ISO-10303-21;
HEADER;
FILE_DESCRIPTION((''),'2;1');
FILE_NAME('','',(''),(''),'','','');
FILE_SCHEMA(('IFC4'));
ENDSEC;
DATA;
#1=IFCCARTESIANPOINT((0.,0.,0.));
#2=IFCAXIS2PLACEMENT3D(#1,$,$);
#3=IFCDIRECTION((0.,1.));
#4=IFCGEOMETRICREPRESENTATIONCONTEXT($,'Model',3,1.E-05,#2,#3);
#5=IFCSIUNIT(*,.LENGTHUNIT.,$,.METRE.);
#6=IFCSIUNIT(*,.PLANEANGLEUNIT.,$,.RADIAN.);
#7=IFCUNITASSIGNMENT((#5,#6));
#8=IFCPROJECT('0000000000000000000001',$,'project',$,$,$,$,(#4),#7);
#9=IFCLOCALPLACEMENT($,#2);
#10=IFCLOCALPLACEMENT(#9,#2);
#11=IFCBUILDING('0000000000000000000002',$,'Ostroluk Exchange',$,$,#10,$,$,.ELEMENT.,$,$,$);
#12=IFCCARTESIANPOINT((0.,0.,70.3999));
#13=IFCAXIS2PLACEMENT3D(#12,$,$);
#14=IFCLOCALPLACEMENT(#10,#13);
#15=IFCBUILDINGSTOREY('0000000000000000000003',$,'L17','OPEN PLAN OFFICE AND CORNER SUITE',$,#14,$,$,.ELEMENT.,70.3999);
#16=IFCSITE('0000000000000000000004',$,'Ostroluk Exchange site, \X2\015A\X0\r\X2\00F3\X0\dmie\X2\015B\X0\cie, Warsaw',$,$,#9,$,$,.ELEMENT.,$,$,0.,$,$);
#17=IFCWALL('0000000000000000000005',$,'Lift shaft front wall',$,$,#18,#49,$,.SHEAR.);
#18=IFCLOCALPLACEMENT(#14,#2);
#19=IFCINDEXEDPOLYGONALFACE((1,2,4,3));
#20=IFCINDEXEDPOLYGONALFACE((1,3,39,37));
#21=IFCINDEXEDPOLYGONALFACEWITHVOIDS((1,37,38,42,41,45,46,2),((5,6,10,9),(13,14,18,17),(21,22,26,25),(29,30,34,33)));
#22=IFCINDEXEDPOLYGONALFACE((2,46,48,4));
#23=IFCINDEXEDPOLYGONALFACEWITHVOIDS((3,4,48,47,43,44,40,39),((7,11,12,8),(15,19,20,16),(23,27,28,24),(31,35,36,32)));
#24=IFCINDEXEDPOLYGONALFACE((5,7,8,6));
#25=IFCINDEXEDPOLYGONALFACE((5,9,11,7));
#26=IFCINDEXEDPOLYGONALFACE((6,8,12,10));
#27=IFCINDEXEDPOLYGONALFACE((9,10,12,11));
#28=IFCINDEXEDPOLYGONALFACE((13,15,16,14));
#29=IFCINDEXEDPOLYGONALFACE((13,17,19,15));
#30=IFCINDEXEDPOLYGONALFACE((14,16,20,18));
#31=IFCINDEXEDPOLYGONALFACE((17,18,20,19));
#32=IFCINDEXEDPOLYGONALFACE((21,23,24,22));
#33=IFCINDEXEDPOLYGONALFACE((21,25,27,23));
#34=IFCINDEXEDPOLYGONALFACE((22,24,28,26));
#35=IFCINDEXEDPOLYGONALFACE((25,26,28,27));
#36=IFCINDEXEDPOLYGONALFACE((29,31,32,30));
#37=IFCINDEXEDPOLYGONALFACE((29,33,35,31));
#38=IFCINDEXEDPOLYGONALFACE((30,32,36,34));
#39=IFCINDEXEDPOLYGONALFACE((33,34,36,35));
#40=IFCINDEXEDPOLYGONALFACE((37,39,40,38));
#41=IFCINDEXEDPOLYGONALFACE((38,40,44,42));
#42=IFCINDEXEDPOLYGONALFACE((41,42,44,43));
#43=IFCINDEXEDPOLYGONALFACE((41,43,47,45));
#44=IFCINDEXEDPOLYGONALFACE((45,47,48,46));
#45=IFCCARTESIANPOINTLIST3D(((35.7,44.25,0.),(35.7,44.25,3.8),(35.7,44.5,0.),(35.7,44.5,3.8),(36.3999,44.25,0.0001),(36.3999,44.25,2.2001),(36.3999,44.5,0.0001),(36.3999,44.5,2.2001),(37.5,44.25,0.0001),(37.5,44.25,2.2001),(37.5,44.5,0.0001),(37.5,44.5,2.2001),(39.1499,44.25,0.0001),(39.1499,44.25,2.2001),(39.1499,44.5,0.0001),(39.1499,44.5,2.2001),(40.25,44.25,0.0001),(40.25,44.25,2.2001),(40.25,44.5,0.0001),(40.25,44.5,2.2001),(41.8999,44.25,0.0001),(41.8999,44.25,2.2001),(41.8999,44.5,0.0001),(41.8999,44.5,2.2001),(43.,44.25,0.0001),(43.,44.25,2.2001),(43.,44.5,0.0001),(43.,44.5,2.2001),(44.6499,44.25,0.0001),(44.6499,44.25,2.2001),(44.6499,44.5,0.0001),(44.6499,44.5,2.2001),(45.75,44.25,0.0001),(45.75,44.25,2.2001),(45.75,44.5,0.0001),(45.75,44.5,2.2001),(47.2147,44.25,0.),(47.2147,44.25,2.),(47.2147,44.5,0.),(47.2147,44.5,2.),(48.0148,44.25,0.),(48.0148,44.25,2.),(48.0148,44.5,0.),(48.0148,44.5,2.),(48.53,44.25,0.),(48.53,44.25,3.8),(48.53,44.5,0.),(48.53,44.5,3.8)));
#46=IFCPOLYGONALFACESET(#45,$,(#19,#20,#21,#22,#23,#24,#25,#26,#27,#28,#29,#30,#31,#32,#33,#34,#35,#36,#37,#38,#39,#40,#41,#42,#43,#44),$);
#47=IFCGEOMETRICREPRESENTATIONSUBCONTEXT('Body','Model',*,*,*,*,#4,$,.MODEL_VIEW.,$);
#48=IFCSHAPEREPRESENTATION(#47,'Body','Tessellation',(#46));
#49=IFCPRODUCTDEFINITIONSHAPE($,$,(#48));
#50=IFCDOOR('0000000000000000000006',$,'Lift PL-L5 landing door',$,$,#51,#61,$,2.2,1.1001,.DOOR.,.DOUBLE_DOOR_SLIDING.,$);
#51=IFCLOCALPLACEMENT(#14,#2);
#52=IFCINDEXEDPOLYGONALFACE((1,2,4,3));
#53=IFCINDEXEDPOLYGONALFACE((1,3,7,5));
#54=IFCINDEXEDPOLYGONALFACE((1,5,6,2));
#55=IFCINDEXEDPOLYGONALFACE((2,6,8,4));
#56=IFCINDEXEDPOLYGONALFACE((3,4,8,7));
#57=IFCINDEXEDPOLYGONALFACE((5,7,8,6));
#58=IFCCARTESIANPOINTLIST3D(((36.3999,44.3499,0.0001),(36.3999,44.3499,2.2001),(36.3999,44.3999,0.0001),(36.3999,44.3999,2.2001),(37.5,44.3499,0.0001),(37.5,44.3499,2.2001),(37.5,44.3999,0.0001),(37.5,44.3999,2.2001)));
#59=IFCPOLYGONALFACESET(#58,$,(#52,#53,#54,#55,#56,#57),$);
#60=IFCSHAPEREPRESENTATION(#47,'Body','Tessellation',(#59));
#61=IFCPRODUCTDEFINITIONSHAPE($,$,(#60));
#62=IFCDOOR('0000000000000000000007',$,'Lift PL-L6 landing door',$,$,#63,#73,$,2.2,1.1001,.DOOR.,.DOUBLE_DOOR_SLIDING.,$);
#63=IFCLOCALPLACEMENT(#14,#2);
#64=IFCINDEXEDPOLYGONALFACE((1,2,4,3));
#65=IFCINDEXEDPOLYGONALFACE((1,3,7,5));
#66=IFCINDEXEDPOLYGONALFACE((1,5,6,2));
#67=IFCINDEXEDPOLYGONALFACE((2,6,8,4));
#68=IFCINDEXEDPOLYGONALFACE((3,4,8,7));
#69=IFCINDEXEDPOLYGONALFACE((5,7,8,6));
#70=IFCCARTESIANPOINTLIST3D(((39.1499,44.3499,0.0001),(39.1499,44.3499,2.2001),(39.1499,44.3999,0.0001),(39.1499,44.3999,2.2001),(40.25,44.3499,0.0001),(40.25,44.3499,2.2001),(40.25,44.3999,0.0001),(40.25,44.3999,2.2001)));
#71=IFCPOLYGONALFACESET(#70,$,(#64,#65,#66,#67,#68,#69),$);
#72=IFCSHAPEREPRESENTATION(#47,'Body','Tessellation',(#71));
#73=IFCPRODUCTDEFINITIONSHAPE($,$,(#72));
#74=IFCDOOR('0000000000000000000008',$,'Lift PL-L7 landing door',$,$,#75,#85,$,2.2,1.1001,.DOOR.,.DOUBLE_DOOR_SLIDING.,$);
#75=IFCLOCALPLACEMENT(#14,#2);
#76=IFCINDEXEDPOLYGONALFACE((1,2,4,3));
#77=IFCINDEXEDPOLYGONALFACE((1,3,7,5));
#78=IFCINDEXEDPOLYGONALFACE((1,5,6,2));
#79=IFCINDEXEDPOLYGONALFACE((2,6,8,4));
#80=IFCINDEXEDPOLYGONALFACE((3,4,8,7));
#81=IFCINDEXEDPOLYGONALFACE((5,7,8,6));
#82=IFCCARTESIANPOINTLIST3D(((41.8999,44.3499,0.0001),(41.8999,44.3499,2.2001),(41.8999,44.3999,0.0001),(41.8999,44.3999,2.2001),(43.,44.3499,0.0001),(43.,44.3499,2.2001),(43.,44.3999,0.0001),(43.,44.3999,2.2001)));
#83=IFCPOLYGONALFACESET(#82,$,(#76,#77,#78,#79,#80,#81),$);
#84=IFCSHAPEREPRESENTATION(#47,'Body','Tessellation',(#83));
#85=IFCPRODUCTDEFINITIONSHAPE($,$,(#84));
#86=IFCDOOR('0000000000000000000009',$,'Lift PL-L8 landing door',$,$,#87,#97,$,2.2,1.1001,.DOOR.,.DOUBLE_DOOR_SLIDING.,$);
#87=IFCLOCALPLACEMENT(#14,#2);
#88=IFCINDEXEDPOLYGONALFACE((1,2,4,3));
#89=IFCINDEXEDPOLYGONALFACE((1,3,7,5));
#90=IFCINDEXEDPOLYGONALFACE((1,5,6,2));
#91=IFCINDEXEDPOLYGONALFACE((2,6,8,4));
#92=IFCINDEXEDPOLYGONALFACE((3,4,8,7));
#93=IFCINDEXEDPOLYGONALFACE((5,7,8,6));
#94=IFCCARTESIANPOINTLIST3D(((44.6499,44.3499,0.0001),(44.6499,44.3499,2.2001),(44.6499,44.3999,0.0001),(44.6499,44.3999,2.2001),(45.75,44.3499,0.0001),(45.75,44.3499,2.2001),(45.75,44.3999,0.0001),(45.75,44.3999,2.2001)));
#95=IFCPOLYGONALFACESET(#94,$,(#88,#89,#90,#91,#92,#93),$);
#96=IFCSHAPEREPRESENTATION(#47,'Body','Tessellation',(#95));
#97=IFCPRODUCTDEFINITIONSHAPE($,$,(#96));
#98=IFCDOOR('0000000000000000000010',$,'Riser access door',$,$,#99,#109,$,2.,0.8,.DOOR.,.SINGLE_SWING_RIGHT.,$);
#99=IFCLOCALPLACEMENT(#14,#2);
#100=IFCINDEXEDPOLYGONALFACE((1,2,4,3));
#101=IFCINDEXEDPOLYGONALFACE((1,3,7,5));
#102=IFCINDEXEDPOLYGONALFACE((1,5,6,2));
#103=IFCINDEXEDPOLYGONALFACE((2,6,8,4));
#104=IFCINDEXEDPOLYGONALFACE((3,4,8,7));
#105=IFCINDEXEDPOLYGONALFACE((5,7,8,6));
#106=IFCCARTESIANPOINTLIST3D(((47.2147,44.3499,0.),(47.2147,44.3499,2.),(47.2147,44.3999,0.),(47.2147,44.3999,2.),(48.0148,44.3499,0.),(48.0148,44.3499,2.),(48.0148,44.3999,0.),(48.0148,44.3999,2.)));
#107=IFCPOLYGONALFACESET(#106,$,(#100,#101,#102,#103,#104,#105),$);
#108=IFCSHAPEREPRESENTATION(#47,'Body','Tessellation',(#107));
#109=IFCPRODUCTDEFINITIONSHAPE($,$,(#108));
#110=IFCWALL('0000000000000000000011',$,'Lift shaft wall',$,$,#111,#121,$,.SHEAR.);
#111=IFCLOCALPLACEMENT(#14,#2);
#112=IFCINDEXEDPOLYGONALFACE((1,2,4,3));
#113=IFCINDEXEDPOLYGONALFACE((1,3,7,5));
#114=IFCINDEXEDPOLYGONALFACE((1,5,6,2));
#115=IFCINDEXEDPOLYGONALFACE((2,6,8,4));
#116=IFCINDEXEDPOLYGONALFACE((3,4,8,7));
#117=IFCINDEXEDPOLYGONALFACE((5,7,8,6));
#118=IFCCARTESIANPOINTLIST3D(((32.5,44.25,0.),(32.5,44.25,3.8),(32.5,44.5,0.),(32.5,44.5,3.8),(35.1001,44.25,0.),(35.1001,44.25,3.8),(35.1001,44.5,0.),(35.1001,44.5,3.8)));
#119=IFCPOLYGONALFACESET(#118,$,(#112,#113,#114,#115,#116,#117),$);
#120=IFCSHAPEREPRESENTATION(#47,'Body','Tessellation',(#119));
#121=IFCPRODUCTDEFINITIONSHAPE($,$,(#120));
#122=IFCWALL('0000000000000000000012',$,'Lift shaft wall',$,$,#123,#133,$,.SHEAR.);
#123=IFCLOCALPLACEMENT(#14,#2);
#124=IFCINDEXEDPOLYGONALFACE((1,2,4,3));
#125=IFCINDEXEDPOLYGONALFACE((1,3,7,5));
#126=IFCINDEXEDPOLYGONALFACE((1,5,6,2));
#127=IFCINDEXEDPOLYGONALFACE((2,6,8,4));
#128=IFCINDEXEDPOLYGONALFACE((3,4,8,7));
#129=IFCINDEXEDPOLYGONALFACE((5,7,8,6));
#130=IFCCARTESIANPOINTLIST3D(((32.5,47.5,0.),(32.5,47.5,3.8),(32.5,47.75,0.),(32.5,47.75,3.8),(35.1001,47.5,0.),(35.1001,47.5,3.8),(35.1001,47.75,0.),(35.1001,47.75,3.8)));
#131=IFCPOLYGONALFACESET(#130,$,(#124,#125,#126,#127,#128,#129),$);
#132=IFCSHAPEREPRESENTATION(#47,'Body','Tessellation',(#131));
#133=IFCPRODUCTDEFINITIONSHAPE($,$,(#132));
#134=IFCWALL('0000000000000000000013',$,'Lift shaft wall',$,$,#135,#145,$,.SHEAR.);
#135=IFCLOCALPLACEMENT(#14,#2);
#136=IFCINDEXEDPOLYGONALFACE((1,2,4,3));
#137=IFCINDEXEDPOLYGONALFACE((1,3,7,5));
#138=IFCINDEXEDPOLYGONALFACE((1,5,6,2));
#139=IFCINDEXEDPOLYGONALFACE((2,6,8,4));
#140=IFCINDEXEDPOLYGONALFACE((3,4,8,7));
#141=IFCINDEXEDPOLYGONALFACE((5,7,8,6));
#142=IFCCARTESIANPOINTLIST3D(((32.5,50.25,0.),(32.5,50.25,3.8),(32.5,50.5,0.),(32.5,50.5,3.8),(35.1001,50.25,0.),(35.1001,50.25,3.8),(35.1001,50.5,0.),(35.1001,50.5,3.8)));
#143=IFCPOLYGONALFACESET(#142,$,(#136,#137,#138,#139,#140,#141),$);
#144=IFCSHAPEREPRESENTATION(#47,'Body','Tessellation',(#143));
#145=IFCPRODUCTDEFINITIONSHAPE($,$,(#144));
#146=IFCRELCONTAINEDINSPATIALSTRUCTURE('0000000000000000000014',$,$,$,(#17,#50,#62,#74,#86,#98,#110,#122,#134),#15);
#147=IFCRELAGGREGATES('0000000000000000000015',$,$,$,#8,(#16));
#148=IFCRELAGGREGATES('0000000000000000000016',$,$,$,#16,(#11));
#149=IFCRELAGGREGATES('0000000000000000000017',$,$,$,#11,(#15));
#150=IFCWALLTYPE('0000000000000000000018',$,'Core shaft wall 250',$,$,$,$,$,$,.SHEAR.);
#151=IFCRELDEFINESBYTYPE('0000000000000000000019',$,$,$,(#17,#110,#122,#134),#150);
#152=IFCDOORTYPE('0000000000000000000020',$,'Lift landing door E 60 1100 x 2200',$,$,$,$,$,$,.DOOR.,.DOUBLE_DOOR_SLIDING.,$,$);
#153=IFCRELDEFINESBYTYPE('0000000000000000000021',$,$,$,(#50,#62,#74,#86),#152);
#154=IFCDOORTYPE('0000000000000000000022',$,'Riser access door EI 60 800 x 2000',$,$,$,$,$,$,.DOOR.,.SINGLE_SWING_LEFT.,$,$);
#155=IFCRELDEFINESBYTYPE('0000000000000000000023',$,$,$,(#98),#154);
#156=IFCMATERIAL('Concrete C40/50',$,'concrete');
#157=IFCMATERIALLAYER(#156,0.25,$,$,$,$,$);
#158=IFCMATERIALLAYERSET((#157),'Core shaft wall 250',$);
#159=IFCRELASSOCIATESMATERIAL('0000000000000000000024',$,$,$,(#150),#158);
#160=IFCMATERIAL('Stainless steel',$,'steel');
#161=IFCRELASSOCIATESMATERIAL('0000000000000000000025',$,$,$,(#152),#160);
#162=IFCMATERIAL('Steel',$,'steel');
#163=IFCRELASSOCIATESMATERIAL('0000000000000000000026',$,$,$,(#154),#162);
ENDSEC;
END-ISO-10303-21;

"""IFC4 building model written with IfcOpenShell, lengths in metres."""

from ifc_helpers import new_model, si_unit, direction, frame, frame_2d, origin, place, context, subcontext, project, spatial, rectangle, extrude, material, layer, layer_set, type_object, element, fill, save


model = new_model("IFC4")

# Units and contexts
model_context = context("Model", 3, precision=1e-05, world=origin(), true_north=direction((0.0, 1.0)))
body_context = subcontext(model_context, "Body", "Model", "MODEL_VIEW")
ifc_project = project(units=[si_unit("LENGTHUNIT", "METRE"), si_unit("PLANEANGLEUNIT", "RADIAN")], contexts=[model_context])

# Site, building, storey
site_placement = place(None, origin())
site = spatial("IfcSite", under=ifc_project, at=site_placement, Name="Ostroluk Exchange site, Śródmieście, Warsaw", CompositionType="ELEMENT", RefElevation=0.0)
building_placement = place(site_placement, origin())
building = spatial("IfcBuilding", under=site, at=building_placement, Name="Ostroluk Exchange", CompositionType="ELEMENT")
storey_placement = place(building_placement, frame((0.0, 0.0, 70.3999)))
storey = spatial("IfcBuildingStorey", under=building, at=storey_placement, Name="L17", Description="OPEN PLAN OFFICE AND CORNER SUITE", CompositionType="ELEMENT", Elevation=70.3999)

# Shared definitions
ifc_material_1 = material(Name="Concrete C40/50", Category="concrete")
ifc_layer_1 = layer(ifc_material_1, 0.25)
ifc_layer_set_1 = layer_set([ifc_layer_1], Name="Core shaft wall 250")
wall_type_1 = type_object("IfcWallType", Name="Core shaft wall 250", PredefinedType="SHEAR", material=ifc_layer_set_1)

# Wall, openings, doors
ifc_material_2 = material(Name="Stainless steel", Category="steel")
door_type_1 = type_object("IfcDoorType", Name="Lift landing door E 60 1100 x 2200", OperationType="DOUBLE_DOOR_SLIDING", PredefinedType="DOOR", material=ifc_material_2)
ifc_material_3 = material(Name="Steel", Category="steel")
door_type_2 = type_object("IfcDoorType", Name="Riser access door EI 60 800 x 2000", OperationType="SINGLE_SWING_LEFT", PredefinedType="DOOR", material=ifc_material_3)
wall_1_placement = place(storey_placement, frame((35.7, 44.375, 0.0), z_axis=(0.0, 0.0, 1.0), x_axis=(1.0, 0.0, 0.0)))
wall_1 = element("IfcWall", 1, at=wall_1_placement, inside=storey, type_object=wall_type_1, Name="Lift shaft front wall", PredefinedType="SHEAR", context=body_context, shape_type="SweptSolid", body=[
    extrude(rectangle(XDim=12.8301, YDim=0.25, at=frame_2d((6.415, 0.0))), origin(), (0.0, 0.0, 1.0), 3.8),
])
opening_1_placement = place(wall_1_placement, frame((0.7, 0.0, 0.0)))
opening_1 = element("IfcOpeningElement", 2, at=opening_1_placement, cuts=wall_1, PredefinedType="OPENING", context=body_context, shape_type="SweptSolid", body=[
    extrude(rectangle(XDim=1.1001, YDim=2.2, at=frame_2d((0.55, 1.1001))), frame((0.0, 0.135, 0.0), z_axis=(0.0, -1.0, 0.0), x_axis=(1.0, 0.0, 0.0)), (0.0, 0.0, 1.0), 0.27),
])
opening_2_placement = place(wall_1_placement, frame((3.45, 0.0, 0.0)))
opening_2 = element("IfcOpeningElement", 3, at=opening_2_placement, cuts=wall_1, PredefinedType="OPENING", context=body_context, shape_type="SweptSolid", body=[
    extrude(rectangle(XDim=1.1001, YDim=2.2, at=frame_2d((0.55, 1.1001))), frame((0.0, 0.135, 0.0), z_axis=(0.0, -1.0, 0.0), x_axis=(1.0, 0.0, 0.0)), (0.0, 0.0, 1.0), 0.27),
])
opening_3_placement = place(wall_1_placement, frame((6.2, 0.0, 0.0)))
opening_3 = element("IfcOpeningElement", 4, at=opening_3_placement, cuts=wall_1, PredefinedType="OPENING", context=body_context, shape_type="SweptSolid", body=[
    extrude(rectangle(XDim=1.1001, YDim=2.2, at=frame_2d((0.55, 1.1001))), frame((0.0, 0.135, 0.0), z_axis=(0.0, -1.0, 0.0), x_axis=(1.0, 0.0, 0.0)), (0.0, 0.0, 1.0), 0.27),
])
opening_4_placement = place(wall_1_placement, frame((8.95, 0.0, 0.0)))
opening_4 = element("IfcOpeningElement", 5, at=opening_4_placement, cuts=wall_1, PredefinedType="OPENING", context=body_context, shape_type="SweptSolid", body=[
    extrude(rectangle(XDim=1.1001, YDim=2.2, at=frame_2d((0.55, 1.1001))), frame((0.0, 0.135, 0.0), z_axis=(0.0, -1.0, 0.0), x_axis=(1.0, 0.0, 0.0)), (0.0, 0.0, 1.0), 0.27),
])
opening_5_placement = place(wall_1_placement, frame((11.5149, 0.0, 0.0)))
opening_5 = element("IfcOpeningElement", 6, at=opening_5_placement, cuts=wall_1, PredefinedType="OPENING", context=body_context, shape_type="SweptSolid", body=[
    extrude(rectangle(XDim=0.8, YDim=2.0, at=frame_2d((0.3999, 1.0))), frame((0.0, 0.135, 0.0), z_axis=(0.0, -1.0, 0.0), x_axis=(1.0, 0.0, 0.0)), (0.0, 0.0, 1.0), 0.27),
])
door_1_placement = place(opening_1_placement, origin())
door_1 = element("IfcDoor", 7, at=door_1_placement, inside=storey, type_object=door_type_1, Name="Lift PL-L5 landing door", OperationType="DOUBLE_DOOR_SLIDING", OverallHeight=2.2, OverallWidth=1.1001, PredefinedType="DOOR", context=body_context, shape_type="SweptSolid", body=[
    extrude(rectangle(XDim=1.1001, YDim=2.2, at=frame_2d((0.55, 1.1001))), frame((0.0, 0.0249, 0.0), z_axis=(0.0, -1.0, 0.0), x_axis=(1.0, 0.0, 0.0)), (0.0, 0.0, 1.0), 0.05),
])
fill(opening_1, door_1)
door_2_placement = place(opening_2_placement, origin())
door_2 = element("IfcDoor", 8, at=door_2_placement, inside=storey, type_object=door_type_1, Name="Lift PL-L6 landing door", OperationType="DOUBLE_DOOR_SLIDING", OverallHeight=2.2, OverallWidth=1.1001, PredefinedType="DOOR", context=body_context, shape_type="SweptSolid", body=[
    extrude(rectangle(XDim=1.1001, YDim=2.2, at=frame_2d((0.55, 1.1001))), frame((0.0, 0.0249, 0.0), z_axis=(0.0, -1.0, 0.0), x_axis=(1.0, 0.0, 0.0)), (0.0, 0.0, 1.0), 0.05),
])
fill(opening_2, door_2)
door_3_placement = place(opening_3_placement, origin())
door_3 = element("IfcDoor", 9, at=door_3_placement, inside=storey, type_object=door_type_1, Name="Lift PL-L7 landing door", OperationType="DOUBLE_DOOR_SLIDING", OverallHeight=2.2, OverallWidth=1.1001, PredefinedType="DOOR", context=body_context, shape_type="SweptSolid", body=[
    extrude(rectangle(XDim=1.1001, YDim=2.2, at=frame_2d((0.55, 1.1001))), frame((0.0, 0.0249, 0.0), z_axis=(0.0, -1.0, 0.0), x_axis=(1.0, 0.0, 0.0)), (0.0, 0.0, 1.0), 0.05),
])
fill(opening_3, door_3)
door_4_placement = place(opening_4_placement, origin())
door_4 = element("IfcDoor", 10, at=door_4_placement, inside=storey, type_object=door_type_1, Name="Lift PL-L8 landing door", OperationType="DOUBLE_DOOR_SLIDING", OverallHeight=2.2, OverallWidth=1.1001, PredefinedType="DOOR", context=body_context, shape_type="SweptSolid", body=[
    extrude(rectangle(XDim=1.1001, YDim=2.2, at=frame_2d((0.55, 1.1001))), frame((0.0, 0.0249, 0.0), z_axis=(0.0, -1.0, 0.0), x_axis=(1.0, 0.0, 0.0)), (0.0, 0.0, 1.0), 0.05),
])
fill(opening_4, door_4)
door_5_placement = place(opening_5_placement, origin())
door_5 = element("IfcDoor", 11, at=door_5_placement, inside=storey, type_object=door_type_2, Name="Riser access door", OperationType="SINGLE_SWING_RIGHT", OverallHeight=2.0, OverallWidth=0.8, PredefinedType="DOOR", context=body_context, shape_type="SweptSolid", body=[
    extrude(rectangle(XDim=0.8, YDim=2.0, at=frame_2d((0.3999, 1.0))), frame((0.0, 0.0249, 0.0), z_axis=(0.0, -1.0, 0.0), x_axis=(1.0, 0.0, 0.0)), (0.0, 0.0, 1.0), 0.05),
])
fill(opening_5, door_5)

# Walls
for number, where, z_axis, x_axis, name in (
    (12, (32.5, 44.375, 0.0), (0.0, 0.0, 1.0), (1.0, 0.0, 0.0), "Lift shaft wall"),
    (13, (32.5, 47.625, 0.0), (0.0, 0.0, 1.0), (1.0, 0.0, 0.0), "Lift shaft wall"),
    (14, (32.5, 50.375, 0.0), (0.0, 0.0, 1.0), (1.0, 0.0, 0.0), "Lift shaft wall"),
):
    element("IfcWall", number, at=place(storey_placement, frame(where, z_axis=z_axis, x_axis=x_axis)), inside=storey, type_object=wall_type_1, Name=name, PredefinedType="SHEAR", context=body_context, shape_type="SweptSolid", body=[
        extrude(rectangle(XDim=2.6001, YDim=0.25, at=frame_2d((1.3, 0.0))), origin(), (0.0, 0.0, 1.0), 3.8),
    ])

save(model, "model.ifc")
